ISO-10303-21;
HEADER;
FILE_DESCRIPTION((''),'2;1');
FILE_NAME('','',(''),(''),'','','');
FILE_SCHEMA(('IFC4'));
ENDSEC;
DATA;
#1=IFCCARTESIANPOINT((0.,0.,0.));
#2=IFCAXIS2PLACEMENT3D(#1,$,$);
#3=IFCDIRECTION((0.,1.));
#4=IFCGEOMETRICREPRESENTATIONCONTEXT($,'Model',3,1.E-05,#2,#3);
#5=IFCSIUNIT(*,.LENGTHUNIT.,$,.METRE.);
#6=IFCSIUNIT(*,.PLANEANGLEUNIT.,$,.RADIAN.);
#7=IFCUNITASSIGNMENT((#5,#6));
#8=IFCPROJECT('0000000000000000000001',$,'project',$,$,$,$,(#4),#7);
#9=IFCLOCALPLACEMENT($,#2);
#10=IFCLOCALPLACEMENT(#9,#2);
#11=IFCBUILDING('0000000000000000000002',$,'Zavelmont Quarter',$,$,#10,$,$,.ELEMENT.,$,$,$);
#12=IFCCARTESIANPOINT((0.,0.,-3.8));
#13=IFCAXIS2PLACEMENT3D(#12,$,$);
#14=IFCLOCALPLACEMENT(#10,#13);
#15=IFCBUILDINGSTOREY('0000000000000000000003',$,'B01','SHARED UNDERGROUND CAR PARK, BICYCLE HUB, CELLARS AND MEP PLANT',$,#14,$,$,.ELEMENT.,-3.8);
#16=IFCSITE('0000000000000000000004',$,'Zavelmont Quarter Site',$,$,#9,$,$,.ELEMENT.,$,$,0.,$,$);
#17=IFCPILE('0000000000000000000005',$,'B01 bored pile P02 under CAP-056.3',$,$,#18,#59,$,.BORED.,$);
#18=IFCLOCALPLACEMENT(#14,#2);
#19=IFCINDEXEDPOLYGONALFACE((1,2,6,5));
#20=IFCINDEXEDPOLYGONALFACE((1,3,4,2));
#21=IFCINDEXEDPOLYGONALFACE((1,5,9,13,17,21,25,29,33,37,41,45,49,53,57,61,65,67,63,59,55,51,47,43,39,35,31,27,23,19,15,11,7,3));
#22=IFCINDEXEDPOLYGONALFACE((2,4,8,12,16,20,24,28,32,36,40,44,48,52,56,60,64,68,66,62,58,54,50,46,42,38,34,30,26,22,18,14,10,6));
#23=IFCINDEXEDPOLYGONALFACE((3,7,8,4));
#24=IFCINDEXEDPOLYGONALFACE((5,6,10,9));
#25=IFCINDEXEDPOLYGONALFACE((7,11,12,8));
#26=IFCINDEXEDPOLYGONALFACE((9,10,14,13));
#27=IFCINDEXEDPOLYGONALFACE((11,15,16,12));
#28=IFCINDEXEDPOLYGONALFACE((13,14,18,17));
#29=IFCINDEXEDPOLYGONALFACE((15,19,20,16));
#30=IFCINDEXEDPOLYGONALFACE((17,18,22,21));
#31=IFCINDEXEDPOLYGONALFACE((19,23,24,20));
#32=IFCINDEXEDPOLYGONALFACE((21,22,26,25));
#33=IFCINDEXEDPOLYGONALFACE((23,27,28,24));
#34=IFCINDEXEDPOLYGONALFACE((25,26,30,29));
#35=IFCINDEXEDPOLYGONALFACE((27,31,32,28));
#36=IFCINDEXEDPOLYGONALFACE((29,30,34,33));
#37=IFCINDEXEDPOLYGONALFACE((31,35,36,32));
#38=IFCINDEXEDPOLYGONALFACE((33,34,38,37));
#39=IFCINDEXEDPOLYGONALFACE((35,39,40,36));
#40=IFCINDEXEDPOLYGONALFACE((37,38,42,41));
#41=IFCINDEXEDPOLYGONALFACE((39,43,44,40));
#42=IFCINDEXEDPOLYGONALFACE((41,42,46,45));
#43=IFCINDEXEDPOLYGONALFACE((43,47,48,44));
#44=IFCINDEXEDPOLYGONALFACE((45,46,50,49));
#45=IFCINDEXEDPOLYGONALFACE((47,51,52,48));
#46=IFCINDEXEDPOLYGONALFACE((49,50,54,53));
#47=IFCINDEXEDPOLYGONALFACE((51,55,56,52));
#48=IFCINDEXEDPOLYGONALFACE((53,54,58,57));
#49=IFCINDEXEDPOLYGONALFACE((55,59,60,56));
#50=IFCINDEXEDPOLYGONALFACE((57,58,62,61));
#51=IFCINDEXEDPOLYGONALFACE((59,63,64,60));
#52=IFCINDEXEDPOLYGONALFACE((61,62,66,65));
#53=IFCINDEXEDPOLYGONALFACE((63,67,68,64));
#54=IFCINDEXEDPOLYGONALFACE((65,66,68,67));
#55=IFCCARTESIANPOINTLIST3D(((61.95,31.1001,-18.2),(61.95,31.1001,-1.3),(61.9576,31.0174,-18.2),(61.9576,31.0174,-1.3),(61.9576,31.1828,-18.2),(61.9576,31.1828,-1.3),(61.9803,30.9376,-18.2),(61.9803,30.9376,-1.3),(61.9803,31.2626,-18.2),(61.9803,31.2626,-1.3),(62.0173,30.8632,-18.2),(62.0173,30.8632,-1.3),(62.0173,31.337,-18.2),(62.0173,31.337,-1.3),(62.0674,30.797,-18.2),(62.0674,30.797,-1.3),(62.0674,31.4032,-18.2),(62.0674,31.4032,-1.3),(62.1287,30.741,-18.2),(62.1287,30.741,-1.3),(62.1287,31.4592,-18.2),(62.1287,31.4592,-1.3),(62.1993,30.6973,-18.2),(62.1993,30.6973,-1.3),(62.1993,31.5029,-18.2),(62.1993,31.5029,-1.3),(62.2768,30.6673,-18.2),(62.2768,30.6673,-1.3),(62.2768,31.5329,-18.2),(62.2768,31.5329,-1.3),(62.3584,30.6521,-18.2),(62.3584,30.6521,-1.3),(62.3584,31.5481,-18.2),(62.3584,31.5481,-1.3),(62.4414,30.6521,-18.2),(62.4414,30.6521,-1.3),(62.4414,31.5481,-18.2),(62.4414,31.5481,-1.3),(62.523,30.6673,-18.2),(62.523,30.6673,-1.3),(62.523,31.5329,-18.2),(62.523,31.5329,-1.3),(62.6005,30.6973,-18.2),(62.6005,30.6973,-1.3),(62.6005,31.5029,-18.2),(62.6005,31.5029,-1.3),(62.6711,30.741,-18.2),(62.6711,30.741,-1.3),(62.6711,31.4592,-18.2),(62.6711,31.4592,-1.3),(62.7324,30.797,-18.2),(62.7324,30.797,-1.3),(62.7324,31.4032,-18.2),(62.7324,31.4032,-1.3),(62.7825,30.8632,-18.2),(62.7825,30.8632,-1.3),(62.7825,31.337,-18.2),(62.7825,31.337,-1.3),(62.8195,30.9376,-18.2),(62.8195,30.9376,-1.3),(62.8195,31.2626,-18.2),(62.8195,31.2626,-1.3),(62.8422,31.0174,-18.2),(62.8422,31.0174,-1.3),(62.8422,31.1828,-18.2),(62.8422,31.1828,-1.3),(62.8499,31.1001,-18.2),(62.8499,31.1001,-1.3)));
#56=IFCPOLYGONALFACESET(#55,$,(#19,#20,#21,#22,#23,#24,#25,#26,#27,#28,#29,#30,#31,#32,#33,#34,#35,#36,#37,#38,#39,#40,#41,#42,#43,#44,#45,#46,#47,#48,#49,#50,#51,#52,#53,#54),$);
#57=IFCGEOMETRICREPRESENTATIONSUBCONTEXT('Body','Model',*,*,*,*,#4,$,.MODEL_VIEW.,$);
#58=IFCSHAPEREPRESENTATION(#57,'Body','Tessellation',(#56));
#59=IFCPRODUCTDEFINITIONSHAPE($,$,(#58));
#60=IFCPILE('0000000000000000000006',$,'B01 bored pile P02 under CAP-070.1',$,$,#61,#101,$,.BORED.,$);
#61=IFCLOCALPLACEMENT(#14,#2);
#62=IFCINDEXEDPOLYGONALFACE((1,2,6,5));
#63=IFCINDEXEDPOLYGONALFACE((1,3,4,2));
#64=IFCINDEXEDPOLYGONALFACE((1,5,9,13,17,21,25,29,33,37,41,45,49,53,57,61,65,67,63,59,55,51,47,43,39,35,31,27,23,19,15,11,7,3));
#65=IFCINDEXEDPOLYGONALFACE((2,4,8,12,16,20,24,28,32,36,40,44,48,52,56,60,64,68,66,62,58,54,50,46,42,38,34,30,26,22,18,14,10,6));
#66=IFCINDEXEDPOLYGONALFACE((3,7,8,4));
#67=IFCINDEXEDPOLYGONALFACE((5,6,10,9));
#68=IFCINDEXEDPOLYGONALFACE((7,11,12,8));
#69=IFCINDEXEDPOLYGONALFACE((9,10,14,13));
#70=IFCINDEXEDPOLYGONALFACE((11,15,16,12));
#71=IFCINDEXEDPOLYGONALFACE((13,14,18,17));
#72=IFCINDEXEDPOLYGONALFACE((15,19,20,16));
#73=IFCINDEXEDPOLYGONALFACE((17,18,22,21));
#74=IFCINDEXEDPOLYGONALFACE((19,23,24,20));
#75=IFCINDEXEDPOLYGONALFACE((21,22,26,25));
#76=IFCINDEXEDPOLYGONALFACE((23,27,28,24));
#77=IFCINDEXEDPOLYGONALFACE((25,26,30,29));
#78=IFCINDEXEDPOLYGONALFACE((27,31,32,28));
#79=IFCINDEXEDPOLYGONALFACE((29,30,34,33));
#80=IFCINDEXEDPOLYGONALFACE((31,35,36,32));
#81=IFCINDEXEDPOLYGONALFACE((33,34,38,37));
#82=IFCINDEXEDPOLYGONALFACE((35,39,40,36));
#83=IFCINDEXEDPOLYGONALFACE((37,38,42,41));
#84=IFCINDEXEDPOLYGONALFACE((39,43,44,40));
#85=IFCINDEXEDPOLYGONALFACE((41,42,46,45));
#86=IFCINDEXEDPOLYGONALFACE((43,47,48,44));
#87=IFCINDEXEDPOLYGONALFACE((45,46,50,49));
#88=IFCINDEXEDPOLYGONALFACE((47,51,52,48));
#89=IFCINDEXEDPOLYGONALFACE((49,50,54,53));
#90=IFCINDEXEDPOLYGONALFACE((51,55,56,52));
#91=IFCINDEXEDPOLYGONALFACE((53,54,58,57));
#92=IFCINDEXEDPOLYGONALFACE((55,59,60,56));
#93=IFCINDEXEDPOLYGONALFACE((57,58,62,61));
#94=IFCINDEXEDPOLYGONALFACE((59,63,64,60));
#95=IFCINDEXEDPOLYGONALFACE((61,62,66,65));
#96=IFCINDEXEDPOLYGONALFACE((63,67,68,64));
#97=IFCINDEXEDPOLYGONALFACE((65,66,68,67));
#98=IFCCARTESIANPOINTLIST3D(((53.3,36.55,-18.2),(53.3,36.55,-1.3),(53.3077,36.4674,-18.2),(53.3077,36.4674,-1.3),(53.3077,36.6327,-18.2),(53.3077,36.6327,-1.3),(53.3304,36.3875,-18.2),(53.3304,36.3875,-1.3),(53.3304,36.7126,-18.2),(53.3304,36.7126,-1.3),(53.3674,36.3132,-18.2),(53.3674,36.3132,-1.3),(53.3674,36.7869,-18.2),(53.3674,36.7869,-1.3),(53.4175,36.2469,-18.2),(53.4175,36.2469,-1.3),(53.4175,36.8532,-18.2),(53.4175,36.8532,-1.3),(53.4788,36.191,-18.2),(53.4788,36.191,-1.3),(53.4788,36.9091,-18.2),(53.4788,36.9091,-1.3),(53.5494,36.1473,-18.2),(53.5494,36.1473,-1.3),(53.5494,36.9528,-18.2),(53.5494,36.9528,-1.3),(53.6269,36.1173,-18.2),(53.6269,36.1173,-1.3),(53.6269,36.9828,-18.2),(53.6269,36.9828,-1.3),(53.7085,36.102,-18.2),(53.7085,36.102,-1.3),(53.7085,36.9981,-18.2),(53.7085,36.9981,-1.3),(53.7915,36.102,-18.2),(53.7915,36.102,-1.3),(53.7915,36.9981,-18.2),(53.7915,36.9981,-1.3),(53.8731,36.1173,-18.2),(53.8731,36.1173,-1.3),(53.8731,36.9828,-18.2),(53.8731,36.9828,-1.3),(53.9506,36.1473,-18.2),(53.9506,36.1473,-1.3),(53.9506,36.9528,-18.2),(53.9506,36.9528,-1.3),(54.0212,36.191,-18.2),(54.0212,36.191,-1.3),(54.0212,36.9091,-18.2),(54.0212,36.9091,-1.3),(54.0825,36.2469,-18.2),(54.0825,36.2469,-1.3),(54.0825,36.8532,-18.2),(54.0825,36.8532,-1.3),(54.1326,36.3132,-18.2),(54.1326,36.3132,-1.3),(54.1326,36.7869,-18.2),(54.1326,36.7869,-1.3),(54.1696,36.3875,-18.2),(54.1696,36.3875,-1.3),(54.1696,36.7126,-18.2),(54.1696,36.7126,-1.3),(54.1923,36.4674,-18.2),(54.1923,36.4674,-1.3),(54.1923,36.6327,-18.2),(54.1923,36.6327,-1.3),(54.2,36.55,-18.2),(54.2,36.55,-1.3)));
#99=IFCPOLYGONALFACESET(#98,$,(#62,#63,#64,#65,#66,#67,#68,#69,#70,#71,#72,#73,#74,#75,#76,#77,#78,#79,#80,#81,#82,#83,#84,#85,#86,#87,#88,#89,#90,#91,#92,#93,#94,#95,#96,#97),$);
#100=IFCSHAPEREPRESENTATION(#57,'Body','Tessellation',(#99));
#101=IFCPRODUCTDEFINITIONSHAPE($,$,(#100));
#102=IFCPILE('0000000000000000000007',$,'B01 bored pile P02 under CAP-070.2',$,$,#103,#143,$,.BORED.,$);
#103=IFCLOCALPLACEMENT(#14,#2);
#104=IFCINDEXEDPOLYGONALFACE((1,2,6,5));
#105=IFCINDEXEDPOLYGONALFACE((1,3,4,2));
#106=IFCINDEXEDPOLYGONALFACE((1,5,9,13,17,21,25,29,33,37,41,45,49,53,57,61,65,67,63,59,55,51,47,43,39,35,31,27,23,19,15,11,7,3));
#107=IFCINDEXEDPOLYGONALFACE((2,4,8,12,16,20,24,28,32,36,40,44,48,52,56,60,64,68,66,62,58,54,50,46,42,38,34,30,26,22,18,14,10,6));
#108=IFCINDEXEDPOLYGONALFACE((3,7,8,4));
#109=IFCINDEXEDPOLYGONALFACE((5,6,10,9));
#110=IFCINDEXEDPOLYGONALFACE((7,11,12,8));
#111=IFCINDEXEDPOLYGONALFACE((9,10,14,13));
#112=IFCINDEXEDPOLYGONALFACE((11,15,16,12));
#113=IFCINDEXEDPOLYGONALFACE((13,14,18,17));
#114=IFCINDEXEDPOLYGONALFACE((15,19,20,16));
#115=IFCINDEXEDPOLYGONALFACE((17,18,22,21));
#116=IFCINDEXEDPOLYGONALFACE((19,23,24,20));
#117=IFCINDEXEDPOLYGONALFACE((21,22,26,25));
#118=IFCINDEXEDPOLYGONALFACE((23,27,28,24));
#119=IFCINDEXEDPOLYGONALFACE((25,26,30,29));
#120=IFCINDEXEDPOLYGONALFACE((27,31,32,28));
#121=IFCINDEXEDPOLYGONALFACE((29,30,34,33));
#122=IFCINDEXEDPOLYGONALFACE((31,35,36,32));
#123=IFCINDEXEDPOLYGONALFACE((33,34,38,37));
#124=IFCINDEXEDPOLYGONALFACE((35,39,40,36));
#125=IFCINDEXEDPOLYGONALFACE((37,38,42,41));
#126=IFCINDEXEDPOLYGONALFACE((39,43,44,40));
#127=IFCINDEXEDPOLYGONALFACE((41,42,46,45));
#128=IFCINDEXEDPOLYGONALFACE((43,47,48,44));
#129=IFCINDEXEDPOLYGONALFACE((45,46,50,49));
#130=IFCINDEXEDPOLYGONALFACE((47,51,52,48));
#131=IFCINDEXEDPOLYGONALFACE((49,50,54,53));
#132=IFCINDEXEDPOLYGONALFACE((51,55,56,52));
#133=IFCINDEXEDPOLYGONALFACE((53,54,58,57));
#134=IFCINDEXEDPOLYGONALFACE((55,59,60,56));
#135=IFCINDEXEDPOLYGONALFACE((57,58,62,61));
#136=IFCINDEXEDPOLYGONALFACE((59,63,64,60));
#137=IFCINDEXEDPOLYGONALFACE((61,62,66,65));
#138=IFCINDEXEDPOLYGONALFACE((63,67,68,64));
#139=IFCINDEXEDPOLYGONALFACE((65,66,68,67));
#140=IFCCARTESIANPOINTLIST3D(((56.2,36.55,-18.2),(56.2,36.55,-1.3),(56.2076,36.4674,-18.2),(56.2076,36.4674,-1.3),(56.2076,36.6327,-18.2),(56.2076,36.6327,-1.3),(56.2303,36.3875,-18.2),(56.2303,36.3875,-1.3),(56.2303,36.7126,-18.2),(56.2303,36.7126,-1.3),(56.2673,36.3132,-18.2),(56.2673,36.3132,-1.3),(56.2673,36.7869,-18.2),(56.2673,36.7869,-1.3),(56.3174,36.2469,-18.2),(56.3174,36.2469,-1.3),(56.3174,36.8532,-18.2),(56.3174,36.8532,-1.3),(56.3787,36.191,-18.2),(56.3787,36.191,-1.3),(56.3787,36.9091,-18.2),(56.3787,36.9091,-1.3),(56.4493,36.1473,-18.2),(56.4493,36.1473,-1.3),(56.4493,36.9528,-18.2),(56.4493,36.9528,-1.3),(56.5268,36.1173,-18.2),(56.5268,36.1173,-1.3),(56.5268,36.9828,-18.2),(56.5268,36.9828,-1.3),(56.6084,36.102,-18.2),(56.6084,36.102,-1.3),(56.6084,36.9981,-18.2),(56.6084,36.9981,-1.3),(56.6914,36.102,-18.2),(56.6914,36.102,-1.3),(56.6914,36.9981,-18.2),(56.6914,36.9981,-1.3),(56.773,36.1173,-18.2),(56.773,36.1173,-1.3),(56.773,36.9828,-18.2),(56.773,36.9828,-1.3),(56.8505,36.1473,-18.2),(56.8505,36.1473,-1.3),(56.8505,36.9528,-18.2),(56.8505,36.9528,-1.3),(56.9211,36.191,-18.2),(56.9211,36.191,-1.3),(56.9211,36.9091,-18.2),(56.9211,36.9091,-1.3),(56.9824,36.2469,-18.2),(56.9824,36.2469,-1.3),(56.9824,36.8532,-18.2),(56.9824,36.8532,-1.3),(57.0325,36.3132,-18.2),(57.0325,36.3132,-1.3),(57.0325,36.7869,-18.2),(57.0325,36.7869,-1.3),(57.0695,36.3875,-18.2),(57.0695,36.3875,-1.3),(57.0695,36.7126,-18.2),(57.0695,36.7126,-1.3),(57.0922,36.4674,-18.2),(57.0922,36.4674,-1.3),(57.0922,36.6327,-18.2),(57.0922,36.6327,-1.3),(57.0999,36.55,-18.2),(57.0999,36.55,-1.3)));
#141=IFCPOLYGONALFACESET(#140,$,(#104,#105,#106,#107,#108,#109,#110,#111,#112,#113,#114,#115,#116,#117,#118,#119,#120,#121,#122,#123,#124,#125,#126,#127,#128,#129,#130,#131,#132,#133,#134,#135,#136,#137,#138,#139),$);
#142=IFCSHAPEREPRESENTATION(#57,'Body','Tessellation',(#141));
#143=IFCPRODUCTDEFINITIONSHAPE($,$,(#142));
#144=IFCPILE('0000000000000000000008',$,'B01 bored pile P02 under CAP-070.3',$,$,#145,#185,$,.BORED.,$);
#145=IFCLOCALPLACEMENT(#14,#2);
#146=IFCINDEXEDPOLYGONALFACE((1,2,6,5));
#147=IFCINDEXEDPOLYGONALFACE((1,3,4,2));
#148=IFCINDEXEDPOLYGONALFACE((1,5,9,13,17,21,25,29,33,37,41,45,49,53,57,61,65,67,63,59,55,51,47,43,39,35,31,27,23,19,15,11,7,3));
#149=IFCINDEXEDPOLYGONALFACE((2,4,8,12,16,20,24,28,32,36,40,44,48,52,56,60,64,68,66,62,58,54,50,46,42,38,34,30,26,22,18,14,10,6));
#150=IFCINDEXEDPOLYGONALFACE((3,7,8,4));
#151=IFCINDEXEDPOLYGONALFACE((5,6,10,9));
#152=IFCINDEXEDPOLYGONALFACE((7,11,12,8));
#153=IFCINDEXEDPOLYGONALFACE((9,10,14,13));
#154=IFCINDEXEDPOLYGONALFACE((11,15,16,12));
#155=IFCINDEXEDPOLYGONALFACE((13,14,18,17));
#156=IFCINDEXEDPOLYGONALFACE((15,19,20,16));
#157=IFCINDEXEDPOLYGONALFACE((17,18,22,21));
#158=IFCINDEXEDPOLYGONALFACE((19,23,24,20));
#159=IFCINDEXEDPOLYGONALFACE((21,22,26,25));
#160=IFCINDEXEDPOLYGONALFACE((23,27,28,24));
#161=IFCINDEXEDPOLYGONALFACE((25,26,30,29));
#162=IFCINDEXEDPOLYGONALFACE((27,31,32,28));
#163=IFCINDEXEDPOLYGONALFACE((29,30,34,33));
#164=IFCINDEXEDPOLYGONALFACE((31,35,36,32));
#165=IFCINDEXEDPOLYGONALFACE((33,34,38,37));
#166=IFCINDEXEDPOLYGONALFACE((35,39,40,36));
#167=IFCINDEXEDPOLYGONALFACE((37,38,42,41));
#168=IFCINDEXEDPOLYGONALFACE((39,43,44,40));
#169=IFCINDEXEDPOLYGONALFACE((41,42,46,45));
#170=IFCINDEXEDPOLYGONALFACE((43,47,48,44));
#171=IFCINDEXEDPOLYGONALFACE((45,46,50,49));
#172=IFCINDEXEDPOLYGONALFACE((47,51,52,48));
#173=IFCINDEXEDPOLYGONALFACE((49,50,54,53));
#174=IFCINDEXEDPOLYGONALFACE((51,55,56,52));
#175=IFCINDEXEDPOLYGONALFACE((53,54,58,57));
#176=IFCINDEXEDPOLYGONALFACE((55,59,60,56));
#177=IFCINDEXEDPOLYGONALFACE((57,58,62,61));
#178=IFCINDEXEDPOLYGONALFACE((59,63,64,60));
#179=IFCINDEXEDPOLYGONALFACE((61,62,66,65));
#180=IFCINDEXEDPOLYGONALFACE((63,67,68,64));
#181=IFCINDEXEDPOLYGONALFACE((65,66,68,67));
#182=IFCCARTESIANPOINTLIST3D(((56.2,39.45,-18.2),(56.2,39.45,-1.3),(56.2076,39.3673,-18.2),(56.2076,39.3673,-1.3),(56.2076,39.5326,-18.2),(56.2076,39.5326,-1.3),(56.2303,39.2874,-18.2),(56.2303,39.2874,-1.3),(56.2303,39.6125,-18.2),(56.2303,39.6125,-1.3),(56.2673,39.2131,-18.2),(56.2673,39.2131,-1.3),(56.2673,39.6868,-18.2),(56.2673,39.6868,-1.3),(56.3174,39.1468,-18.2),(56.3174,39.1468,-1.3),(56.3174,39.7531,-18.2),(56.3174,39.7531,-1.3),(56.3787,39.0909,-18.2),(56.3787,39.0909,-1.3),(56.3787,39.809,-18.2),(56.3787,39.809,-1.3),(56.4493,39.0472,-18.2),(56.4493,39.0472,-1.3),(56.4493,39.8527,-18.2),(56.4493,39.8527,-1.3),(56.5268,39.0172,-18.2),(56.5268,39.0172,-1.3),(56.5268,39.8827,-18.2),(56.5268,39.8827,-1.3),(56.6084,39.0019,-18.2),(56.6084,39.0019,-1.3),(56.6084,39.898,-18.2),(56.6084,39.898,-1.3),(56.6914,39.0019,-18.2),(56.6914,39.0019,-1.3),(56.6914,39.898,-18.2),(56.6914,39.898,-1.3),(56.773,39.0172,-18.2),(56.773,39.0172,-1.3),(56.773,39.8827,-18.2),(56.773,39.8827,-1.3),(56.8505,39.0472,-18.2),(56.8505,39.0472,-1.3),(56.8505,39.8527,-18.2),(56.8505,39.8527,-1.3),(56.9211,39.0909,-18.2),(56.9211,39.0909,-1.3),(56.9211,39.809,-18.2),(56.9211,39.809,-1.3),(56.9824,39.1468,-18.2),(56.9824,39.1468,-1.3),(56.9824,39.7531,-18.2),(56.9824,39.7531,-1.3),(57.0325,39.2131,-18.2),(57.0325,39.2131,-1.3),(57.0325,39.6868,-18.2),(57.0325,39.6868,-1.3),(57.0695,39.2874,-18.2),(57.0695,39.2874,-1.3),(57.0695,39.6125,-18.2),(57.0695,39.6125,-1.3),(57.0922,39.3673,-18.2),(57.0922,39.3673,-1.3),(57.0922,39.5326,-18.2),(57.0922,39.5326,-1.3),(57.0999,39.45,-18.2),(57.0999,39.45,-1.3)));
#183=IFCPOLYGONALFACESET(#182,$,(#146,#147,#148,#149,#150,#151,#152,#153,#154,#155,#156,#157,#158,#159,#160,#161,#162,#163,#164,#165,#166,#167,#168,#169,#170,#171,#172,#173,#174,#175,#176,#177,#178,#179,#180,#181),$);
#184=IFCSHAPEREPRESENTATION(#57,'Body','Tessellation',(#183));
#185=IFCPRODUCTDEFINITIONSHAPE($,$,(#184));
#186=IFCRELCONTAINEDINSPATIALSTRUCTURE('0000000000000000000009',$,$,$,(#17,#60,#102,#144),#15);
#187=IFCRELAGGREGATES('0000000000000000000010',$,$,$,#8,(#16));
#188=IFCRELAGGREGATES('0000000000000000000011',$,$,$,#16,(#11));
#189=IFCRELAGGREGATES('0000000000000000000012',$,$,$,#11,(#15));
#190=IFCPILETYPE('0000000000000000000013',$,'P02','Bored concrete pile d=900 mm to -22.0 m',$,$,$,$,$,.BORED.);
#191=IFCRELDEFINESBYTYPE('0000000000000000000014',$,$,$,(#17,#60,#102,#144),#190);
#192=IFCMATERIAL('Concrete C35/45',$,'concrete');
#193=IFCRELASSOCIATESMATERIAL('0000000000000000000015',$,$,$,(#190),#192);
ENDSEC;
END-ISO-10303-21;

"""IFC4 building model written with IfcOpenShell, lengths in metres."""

from ifc_helpers import new_model, si_unit, direction, frame, origin, origin_2d, place, context, subcontext, project, spatial, circle, extrude, material, material_profile, profile_set, type_object, element, save


model = new_model("IFC4")

# Units and contexts
model_context = context("Model", 3, precision=1e-05, world=origin(), true_north=direction((0.0, 1.0)))
body_context = subcontext(model_context, "Body", "Model", "MODEL_VIEW")
ifc_project = project(units=[si_unit("LENGTHUNIT", "METRE"), si_unit("PLANEANGLEUNIT", "RADIAN")], contexts=[model_context])

# Site, building, storey
site_placement = place(None, origin())
site = spatial("IfcSite", under=ifc_project, at=site_placement, Name="Zavelmont Quarter Site", CompositionType="ELEMENT", RefElevation=0.0)
building_placement = place(site_placement, origin())
building = spatial("IfcBuilding", under=site, at=building_placement, Name="Zavelmont Quarter", CompositionType="ELEMENT")
storey_placement = place(building_placement, frame((0.0, 0.0, -3.8)))
storey = spatial("IfcBuildingStorey", under=building, at=storey_placement, Name="B01", Description="SHARED UNDERGROUND CAR PARK, BICYCLE HUB, CELLARS AND MEP PLANT", CompositionType="ELEMENT", Elevation=-3.8)

# Shared definitions
ifc_material_1 = material(Name="Concrete C35/45", Category="concrete")

# Piles
ifc_material_profile_1 = material_profile(ifc_material_1, circle(Radius=0.45, at=origin_2d()), Name="BP900")
ifc_profile_set_1 = profile_set([ifc_material_profile_1], Name="Concrete C35/45")
pile_type_1 = type_object("IfcPileType", Name="P02", Description="Bored concrete pile d=900 mm to -22.0 m", PredefinedType="BORED", material=ifc_profile_set_1)
for number, where, z_axis, x_axis, name in (
    (1, (62.3999, 31.1001, -1.3), (0.0, 0.0, -1.0), (1.0, 0.0, 0.0), "B01 bored pile P02 under CAP-056.3"),
    (2, (53.75, 36.55, -1.3), (0.0, 0.0, -1.0), (1.0, 0.0, 0.0), "B01 bored pile P02 under CAP-070.1"),
    (3, (56.6499, 36.55, -1.3), (0.0, 0.0, -1.0), (1.0, 0.0, 0.0), "B01 bored pile P02 under CAP-070.2"),
    (4, (56.6499, 39.45, -1.3), (0.0, 0.0, -1.0), (1.0, 0.0, 0.0), "B01 bored pile P02 under CAP-070.3"),
):
    element("IfcPile", number, at=place(storey_placement, frame(where, z_axis=z_axis, x_axis=x_axis)), inside=storey, type_object=pile_type_1, Name=name, PredefinedType="BORED", context=body_context, shape_type="SweptSolid", body=[
        extrude(circle(Radius=0.45, at=origin_2d()), origin(), (0.0, 0.0, 1.0), 16.8999),
    ])

save(model, "model.ifc")
